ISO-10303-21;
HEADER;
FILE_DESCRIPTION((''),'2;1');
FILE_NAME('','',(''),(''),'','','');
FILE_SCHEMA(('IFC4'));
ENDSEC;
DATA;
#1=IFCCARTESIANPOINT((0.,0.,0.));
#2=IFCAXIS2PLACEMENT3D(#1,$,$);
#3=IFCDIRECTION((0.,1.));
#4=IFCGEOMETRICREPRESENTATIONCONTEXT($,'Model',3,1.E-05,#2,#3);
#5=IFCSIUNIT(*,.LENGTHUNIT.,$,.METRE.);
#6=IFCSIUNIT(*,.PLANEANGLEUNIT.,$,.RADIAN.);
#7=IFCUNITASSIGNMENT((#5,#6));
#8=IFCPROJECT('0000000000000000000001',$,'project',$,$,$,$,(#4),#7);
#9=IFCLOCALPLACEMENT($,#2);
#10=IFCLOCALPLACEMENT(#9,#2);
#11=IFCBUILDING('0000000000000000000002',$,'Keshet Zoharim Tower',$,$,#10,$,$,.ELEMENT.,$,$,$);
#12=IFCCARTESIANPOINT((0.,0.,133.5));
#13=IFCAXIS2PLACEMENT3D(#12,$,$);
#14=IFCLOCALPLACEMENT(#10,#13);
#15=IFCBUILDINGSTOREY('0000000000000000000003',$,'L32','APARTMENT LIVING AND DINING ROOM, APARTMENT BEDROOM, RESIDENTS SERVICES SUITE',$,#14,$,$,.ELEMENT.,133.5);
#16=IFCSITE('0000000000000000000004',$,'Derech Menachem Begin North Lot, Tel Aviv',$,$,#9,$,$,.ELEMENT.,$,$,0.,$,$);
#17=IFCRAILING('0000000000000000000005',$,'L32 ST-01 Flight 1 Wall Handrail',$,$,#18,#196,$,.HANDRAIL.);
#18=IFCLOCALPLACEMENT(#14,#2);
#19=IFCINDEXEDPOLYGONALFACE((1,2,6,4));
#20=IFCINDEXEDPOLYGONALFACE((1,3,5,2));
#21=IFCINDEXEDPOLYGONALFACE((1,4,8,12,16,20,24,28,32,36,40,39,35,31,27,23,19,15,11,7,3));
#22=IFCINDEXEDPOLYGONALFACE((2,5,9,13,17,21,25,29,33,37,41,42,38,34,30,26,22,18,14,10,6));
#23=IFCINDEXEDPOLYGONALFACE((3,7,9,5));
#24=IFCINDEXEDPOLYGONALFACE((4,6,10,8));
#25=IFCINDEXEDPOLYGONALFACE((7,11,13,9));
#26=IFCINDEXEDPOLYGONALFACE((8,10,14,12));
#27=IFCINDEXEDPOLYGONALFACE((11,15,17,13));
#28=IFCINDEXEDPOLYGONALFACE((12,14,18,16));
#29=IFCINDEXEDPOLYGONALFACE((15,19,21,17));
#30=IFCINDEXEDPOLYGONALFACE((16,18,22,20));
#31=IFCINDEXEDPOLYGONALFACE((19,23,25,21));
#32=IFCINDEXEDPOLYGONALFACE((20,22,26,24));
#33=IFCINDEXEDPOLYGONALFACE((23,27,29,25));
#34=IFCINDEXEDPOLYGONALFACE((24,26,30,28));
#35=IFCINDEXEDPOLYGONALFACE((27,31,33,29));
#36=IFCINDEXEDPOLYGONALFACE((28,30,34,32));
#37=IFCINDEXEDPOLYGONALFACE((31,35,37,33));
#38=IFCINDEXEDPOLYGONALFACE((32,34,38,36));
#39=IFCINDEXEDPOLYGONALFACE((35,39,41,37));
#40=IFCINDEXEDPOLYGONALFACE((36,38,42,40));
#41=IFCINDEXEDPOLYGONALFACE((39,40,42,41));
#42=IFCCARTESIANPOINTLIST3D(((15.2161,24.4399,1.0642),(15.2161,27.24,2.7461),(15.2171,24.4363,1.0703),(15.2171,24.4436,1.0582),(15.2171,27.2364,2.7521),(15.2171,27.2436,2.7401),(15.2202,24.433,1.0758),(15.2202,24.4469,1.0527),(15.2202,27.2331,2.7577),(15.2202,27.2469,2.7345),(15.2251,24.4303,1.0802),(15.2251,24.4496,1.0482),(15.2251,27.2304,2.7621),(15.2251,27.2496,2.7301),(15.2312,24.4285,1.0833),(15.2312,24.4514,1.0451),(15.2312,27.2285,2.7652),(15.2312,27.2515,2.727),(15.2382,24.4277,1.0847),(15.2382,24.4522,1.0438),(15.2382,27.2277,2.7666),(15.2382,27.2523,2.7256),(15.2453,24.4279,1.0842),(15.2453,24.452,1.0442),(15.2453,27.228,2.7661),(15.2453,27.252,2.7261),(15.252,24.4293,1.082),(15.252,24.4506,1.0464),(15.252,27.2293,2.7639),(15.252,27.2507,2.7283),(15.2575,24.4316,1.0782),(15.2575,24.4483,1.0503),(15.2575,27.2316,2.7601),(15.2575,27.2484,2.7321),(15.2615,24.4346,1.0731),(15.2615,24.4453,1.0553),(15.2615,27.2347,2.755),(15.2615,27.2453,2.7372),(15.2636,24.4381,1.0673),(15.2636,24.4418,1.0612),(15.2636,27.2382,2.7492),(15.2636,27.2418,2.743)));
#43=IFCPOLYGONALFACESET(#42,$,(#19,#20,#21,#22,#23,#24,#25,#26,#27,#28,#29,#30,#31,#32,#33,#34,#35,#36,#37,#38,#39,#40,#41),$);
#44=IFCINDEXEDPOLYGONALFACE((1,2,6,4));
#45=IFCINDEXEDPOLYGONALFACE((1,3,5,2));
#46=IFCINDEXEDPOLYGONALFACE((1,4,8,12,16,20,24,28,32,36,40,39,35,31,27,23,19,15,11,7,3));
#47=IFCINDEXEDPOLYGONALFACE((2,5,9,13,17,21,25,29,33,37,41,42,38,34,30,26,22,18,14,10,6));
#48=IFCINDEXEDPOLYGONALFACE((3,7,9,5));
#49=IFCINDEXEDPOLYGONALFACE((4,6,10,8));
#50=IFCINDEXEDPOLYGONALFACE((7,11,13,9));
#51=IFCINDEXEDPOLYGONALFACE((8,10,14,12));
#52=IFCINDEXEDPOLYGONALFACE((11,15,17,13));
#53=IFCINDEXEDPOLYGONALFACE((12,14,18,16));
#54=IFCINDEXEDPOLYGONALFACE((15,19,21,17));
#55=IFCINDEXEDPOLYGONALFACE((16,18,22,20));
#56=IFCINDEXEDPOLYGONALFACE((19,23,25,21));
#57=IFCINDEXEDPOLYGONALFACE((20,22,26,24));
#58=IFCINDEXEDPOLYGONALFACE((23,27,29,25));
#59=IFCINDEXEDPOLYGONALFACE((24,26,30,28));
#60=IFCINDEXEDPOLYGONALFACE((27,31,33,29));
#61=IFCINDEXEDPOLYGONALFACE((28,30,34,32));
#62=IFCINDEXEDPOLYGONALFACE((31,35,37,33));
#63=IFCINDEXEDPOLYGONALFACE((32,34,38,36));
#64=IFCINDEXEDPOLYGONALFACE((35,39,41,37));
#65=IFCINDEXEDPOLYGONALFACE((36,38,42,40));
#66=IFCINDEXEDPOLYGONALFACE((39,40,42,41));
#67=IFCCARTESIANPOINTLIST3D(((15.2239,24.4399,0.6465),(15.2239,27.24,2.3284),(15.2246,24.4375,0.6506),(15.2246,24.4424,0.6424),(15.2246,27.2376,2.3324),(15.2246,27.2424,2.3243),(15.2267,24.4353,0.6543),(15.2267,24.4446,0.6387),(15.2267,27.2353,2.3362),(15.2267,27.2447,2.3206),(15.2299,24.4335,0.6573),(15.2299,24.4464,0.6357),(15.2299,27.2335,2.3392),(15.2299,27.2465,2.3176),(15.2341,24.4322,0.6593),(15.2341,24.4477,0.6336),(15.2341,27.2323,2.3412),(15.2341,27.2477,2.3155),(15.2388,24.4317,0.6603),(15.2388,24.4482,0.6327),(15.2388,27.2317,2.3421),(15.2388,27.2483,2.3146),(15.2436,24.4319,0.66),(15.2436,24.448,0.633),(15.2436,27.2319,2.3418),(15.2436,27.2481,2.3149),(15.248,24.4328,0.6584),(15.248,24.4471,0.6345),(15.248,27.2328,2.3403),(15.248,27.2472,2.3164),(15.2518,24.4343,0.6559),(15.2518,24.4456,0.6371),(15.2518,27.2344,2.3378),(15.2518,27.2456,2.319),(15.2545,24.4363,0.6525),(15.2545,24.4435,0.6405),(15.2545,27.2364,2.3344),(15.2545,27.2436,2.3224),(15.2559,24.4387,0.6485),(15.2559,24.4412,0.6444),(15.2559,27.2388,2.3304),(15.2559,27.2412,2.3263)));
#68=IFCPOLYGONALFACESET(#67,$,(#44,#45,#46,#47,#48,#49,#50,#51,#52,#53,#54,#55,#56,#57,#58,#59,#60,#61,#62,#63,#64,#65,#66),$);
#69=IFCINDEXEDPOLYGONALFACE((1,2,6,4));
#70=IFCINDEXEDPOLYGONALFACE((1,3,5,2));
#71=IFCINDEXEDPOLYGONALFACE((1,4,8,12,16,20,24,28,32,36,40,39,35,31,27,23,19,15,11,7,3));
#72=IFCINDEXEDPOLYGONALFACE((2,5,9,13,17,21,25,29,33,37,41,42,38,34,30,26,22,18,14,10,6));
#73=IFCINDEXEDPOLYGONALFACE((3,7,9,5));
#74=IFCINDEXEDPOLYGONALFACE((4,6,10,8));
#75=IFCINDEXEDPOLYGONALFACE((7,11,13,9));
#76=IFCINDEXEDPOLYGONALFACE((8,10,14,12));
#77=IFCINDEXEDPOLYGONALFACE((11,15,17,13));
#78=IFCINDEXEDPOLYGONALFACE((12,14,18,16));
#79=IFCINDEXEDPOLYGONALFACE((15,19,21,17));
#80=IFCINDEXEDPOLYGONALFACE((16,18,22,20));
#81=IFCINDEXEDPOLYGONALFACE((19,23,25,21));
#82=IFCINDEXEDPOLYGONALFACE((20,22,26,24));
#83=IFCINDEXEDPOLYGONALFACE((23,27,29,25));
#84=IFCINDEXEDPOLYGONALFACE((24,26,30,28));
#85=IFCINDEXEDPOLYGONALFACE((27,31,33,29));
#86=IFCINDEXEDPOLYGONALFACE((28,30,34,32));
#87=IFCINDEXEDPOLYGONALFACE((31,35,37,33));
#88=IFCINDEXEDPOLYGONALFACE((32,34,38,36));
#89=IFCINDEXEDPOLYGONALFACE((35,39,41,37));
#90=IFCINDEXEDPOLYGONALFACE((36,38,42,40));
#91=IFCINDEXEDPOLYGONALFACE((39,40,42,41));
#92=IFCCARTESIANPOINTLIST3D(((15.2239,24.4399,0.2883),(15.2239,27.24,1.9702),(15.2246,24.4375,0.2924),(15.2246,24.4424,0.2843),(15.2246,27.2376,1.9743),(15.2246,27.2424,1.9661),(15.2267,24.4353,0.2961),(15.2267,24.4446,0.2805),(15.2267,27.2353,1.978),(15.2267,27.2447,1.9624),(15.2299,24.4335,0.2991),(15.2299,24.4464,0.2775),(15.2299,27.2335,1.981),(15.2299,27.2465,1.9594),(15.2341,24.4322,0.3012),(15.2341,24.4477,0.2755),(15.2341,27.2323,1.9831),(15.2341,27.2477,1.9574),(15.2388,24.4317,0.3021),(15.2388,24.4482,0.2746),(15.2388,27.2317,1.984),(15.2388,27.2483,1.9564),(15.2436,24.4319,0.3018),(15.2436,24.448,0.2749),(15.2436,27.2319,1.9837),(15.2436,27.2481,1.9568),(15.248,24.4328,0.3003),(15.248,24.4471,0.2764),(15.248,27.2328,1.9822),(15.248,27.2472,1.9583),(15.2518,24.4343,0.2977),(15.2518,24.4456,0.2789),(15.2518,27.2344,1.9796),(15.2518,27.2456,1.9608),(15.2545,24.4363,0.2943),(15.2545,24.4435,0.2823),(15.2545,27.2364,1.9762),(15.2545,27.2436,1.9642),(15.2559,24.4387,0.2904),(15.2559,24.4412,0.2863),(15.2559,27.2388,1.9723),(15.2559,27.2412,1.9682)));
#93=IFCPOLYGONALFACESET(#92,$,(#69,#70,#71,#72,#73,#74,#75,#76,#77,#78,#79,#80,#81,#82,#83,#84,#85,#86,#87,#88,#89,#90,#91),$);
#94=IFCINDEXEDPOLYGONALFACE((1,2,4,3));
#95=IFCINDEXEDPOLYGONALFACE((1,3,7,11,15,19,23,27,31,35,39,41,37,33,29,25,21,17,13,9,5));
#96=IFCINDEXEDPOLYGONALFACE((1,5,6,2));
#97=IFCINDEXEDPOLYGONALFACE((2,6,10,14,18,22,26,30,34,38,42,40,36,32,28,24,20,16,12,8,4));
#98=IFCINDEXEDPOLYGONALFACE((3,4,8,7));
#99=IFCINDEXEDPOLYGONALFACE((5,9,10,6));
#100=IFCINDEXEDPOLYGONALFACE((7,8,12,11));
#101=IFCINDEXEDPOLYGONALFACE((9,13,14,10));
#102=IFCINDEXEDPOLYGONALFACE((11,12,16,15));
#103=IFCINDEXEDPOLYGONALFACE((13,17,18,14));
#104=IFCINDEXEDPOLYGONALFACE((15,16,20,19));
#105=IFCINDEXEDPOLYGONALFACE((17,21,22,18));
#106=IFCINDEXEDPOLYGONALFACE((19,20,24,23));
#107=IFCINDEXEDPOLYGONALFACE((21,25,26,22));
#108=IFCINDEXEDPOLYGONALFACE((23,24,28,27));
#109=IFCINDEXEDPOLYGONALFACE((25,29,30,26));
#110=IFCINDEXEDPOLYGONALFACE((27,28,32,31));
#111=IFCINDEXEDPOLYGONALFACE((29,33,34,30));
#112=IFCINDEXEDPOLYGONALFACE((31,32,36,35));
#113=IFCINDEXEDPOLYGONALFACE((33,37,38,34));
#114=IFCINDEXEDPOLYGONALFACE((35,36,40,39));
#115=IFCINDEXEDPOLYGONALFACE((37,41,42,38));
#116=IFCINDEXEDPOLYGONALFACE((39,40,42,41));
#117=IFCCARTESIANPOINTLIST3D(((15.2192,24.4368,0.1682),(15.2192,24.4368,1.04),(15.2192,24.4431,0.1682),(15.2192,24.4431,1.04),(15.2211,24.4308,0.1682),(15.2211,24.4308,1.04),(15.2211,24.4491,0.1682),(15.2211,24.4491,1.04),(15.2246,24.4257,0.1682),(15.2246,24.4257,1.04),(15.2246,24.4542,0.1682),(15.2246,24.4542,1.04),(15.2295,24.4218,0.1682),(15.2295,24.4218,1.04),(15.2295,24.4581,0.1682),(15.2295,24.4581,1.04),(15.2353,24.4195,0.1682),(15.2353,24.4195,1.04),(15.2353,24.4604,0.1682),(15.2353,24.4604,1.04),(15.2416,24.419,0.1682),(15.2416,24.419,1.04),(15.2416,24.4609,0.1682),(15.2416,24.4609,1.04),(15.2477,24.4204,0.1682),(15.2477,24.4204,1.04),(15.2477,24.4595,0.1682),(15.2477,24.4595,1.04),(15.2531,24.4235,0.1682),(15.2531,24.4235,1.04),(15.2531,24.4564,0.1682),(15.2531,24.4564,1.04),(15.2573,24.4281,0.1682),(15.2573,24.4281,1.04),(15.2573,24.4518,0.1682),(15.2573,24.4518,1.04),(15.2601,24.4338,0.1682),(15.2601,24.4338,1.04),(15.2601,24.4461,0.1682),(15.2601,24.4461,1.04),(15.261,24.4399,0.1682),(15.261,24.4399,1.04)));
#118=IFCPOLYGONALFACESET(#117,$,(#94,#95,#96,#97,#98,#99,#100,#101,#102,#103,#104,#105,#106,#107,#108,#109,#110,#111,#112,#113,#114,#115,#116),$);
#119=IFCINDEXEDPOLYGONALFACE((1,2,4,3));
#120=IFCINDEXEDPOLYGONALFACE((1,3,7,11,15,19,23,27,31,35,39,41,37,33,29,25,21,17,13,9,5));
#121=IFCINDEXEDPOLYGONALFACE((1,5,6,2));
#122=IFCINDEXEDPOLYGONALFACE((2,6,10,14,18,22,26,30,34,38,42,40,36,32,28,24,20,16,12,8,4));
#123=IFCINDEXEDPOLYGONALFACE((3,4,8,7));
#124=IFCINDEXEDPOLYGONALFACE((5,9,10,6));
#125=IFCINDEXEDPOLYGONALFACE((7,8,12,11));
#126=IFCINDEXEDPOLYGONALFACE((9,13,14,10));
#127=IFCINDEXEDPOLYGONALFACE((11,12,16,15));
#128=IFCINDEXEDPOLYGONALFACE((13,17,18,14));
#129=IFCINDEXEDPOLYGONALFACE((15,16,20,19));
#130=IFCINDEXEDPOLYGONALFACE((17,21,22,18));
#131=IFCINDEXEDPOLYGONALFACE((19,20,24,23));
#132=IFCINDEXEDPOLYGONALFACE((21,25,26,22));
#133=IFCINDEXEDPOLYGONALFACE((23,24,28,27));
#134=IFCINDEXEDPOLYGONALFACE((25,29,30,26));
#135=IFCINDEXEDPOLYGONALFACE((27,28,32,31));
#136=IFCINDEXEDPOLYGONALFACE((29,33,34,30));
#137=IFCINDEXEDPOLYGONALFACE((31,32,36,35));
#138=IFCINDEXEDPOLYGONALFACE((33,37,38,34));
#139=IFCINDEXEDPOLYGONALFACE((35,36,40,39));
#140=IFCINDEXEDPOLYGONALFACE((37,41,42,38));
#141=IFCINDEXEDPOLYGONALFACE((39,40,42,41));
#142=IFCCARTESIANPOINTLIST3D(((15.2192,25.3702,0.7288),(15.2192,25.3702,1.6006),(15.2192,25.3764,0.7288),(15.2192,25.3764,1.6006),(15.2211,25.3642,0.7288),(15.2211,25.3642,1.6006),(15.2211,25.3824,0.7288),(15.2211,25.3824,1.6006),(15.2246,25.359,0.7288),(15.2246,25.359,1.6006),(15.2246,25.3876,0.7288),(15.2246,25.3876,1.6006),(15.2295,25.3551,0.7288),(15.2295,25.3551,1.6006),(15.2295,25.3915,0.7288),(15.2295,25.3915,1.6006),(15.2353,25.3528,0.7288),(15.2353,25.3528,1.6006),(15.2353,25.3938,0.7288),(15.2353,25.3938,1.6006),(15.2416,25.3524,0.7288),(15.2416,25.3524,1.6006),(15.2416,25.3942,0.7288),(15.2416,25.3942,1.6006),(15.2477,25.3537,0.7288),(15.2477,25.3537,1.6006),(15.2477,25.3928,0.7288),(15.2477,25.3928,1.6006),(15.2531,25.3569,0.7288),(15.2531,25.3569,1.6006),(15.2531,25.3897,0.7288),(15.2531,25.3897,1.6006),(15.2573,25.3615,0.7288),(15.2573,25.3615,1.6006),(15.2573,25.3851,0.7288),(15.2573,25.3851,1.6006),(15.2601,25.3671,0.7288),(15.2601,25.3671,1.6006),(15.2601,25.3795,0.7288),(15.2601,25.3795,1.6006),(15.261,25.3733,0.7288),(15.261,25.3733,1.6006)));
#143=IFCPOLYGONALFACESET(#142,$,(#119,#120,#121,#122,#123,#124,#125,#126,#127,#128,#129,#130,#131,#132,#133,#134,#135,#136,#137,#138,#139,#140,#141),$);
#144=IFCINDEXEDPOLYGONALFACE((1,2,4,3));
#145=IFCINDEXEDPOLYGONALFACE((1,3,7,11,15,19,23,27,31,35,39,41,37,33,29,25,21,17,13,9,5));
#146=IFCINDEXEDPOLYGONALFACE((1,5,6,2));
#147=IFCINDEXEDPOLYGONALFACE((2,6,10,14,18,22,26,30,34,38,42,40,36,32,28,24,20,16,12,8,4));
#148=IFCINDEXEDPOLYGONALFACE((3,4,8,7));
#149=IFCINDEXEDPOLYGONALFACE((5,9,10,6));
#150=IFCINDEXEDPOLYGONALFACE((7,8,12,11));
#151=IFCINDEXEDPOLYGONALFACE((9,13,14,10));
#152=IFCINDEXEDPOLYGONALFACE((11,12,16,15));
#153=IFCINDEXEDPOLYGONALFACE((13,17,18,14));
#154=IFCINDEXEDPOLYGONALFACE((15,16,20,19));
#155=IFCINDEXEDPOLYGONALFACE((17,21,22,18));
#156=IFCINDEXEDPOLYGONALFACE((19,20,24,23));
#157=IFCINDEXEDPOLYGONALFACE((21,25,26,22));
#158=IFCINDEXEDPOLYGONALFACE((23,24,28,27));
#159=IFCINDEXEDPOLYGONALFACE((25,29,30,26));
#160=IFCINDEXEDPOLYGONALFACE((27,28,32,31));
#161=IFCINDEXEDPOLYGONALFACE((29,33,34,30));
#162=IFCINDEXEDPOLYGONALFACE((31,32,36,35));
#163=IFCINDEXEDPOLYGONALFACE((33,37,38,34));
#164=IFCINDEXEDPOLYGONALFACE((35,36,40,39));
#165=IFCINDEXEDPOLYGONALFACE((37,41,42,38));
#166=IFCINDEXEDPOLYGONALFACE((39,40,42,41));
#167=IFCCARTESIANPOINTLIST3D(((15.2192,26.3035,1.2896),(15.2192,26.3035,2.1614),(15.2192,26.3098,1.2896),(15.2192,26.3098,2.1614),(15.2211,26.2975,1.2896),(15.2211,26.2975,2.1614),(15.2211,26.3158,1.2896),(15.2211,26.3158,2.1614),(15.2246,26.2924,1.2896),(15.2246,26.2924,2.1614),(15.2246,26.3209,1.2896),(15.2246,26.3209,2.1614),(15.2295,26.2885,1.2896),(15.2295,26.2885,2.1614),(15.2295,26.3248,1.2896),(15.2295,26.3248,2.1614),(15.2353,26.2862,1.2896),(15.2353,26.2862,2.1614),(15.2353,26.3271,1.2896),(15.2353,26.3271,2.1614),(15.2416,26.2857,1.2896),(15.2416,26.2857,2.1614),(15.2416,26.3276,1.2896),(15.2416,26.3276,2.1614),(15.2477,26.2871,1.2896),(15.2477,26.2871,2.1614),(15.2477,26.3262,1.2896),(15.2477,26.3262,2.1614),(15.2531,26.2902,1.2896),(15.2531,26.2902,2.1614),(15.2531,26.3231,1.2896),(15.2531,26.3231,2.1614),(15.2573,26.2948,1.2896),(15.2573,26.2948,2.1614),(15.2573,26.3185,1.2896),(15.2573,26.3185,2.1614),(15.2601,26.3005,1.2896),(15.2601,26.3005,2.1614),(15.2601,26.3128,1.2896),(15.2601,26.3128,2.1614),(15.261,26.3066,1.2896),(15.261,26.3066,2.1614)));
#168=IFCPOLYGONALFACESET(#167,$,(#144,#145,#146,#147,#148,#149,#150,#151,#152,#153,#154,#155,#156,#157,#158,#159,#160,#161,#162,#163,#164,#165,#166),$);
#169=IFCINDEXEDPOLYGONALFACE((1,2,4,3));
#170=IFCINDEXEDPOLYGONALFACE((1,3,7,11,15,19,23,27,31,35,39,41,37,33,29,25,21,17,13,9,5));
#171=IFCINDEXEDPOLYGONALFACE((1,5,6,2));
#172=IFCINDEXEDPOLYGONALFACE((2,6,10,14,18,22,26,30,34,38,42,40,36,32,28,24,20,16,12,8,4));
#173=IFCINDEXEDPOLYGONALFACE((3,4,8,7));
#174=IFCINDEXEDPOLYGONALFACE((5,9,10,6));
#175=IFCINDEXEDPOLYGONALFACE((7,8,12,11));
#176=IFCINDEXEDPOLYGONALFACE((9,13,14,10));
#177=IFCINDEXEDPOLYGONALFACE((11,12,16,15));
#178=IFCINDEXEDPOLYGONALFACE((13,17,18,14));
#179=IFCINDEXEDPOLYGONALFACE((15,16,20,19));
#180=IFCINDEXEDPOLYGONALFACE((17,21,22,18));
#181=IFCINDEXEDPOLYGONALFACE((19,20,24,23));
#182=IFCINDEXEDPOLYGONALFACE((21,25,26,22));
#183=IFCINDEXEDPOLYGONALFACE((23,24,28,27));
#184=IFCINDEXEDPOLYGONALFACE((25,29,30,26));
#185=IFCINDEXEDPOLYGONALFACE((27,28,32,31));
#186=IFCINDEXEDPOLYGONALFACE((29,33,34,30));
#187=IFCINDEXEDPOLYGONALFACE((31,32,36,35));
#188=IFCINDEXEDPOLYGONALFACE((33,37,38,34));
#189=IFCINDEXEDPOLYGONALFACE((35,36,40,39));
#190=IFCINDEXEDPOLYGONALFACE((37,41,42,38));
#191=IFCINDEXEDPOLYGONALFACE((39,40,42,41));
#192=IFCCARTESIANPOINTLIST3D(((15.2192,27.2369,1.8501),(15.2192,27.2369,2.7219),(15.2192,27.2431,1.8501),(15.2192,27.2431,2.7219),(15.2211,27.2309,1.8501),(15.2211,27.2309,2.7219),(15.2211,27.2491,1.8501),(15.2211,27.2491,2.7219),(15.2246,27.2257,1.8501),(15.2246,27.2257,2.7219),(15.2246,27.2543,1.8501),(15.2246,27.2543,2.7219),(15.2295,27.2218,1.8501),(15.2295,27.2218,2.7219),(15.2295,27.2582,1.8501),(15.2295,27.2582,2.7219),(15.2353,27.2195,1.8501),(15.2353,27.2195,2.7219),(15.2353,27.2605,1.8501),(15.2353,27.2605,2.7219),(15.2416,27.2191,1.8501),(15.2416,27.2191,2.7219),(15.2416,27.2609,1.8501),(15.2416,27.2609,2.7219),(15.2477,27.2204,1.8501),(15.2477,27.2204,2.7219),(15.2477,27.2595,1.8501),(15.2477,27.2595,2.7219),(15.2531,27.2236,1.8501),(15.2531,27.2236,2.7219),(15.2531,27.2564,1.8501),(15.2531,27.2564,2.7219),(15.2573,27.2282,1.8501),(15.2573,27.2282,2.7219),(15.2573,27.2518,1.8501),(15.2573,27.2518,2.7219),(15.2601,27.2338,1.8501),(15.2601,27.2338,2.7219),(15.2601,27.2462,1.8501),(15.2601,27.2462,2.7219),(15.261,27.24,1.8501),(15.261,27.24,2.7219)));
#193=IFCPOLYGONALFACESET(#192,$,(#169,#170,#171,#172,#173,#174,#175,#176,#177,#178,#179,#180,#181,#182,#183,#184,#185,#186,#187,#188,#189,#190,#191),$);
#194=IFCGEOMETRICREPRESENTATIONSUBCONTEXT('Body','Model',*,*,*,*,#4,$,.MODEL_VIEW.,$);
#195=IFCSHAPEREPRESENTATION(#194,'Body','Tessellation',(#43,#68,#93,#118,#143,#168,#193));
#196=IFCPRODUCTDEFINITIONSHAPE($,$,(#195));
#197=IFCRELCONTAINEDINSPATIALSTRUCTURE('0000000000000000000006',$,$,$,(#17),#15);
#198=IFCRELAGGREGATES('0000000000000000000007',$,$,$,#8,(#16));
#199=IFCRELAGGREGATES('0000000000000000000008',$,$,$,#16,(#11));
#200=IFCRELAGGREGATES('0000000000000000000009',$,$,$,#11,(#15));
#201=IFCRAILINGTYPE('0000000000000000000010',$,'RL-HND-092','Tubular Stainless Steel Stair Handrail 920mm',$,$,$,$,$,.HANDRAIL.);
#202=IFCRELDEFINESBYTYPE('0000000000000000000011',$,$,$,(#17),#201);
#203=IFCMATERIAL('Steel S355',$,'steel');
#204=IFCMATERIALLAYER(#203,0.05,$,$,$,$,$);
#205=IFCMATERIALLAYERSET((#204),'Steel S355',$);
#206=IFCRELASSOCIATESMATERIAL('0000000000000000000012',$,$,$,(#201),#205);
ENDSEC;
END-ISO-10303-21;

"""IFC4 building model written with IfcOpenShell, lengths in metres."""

from ifc_helpers import new_model, si_unit, direction, frame, origin, origin_2d, place, context, subcontext, project, spatial, circle, extrude, material, layer, layer_set, type_object, element, save


model = new_model("IFC4")

# Units and contexts
model_context = context("Model", 3, precision=1e-05, world=origin(), true_north=direction((0.0, 1.0)))
body_context = subcontext(model_context, "Body", "Model", "MODEL_VIEW")
ifc_project = project(units=[si_unit("LENGTHUNIT", "METRE"), si_unit("PLANEANGLEUNIT", "RADIAN")], contexts=[model_context])

# Site, building, storey
site_placement = place(None, origin())
site = spatial("IfcSite", under=ifc_project, at=site_placement, Name="Derech Menachem Begin North Lot, Tel Aviv", CompositionType="ELEMENT", RefElevation=0.0)
building_placement = place(site_placement, origin())
building = spatial("IfcBuilding", under=site, at=building_placement, Name="Keshet Zoharim Tower", CompositionType="ELEMENT")
storey_placement = place(building_placement, frame((0.0, 0.0, 133.5)))
storey = spatial("IfcBuildingStorey", under=building, at=storey_placement, Name="L32", Description="APARTMENT LIVING AND DINING ROOM, APARTMENT BEDROOM, RESIDENTS SERVICES SUITE", CompositionType="ELEMENT", Elevation=133.5)

# Railing
ifc_material_1 = material(Name="Steel S355", Category="steel")
ifc_layer_1 = layer(ifc_material_1, 0.05)
ifc_layer_set_1 = layer_set([ifc_layer_1], Name="Steel S355")
railing_type_1 = type_object("IfcRailingType", Name="RL-HND-092", Description="Tubular Stainless Steel Stair Handrail 920mm", PredefinedType="HANDRAIL", material=ifc_layer_set_1)
railing_1_placement = place(storey_placement, frame((15.24, 24.4399, 0.1682)))
element("IfcRailing", 1, at=railing_1_placement, inside=storey, type_object=railing_type_1, Name="L32 ST-01 Flight 1 Wall Handrail", PredefinedType="HANDRAIL", context=body_context, shape_type="SweptSolid", body=[
    extrude(circle(Radius=0.0239, at=origin_2d()), frame((0.0, 0.0, 0.896), z_axis=(0.0, 0.857242, 0.514913), x_axis=(-1.0, 0.0, 0.0)), (0.0, 0.0, 1.0), 3.2664),
    extrude(circle(Radius=0.0161, at=origin_2d()), frame((0.0, 0.0, 0.4783), z_axis=(0.0, 0.857242, 0.514913), x_axis=(-1.0, 0.0, 0.0)), (0.0, 0.0, 1.0), 3.2664),
    extrude(circle(Radius=0.0161, at=origin_2d()), frame((0.0, 0.0, 0.1201), z_axis=(0.0, 0.857242, 0.514913), x_axis=(-1.0, 0.0, 0.0)), (0.0, 0.0, 1.0), 3.2664),
    extrude(circle(Radius=0.021, at=origin_2d()), origin(), (0.0, 0.0, 1.0), 0.8718),
    extrude(circle(Radius=0.021, at=origin_2d()), frame((0.0, 0.9333, 0.5605)), (0.0, 0.0, 1.0), 0.8718),
    extrude(circle(Radius=0.021, at=origin_2d()), frame((0.0, 1.8667, 1.1213)), (0.0, 0.0, 1.0), 0.8718),
    extrude(circle(Radius=0.021, at=origin_2d()), frame((0.0, 2.8, 1.6819)), (0.0, 0.0, 1.0), 0.8718),
])

save(model, "model.ifc")
